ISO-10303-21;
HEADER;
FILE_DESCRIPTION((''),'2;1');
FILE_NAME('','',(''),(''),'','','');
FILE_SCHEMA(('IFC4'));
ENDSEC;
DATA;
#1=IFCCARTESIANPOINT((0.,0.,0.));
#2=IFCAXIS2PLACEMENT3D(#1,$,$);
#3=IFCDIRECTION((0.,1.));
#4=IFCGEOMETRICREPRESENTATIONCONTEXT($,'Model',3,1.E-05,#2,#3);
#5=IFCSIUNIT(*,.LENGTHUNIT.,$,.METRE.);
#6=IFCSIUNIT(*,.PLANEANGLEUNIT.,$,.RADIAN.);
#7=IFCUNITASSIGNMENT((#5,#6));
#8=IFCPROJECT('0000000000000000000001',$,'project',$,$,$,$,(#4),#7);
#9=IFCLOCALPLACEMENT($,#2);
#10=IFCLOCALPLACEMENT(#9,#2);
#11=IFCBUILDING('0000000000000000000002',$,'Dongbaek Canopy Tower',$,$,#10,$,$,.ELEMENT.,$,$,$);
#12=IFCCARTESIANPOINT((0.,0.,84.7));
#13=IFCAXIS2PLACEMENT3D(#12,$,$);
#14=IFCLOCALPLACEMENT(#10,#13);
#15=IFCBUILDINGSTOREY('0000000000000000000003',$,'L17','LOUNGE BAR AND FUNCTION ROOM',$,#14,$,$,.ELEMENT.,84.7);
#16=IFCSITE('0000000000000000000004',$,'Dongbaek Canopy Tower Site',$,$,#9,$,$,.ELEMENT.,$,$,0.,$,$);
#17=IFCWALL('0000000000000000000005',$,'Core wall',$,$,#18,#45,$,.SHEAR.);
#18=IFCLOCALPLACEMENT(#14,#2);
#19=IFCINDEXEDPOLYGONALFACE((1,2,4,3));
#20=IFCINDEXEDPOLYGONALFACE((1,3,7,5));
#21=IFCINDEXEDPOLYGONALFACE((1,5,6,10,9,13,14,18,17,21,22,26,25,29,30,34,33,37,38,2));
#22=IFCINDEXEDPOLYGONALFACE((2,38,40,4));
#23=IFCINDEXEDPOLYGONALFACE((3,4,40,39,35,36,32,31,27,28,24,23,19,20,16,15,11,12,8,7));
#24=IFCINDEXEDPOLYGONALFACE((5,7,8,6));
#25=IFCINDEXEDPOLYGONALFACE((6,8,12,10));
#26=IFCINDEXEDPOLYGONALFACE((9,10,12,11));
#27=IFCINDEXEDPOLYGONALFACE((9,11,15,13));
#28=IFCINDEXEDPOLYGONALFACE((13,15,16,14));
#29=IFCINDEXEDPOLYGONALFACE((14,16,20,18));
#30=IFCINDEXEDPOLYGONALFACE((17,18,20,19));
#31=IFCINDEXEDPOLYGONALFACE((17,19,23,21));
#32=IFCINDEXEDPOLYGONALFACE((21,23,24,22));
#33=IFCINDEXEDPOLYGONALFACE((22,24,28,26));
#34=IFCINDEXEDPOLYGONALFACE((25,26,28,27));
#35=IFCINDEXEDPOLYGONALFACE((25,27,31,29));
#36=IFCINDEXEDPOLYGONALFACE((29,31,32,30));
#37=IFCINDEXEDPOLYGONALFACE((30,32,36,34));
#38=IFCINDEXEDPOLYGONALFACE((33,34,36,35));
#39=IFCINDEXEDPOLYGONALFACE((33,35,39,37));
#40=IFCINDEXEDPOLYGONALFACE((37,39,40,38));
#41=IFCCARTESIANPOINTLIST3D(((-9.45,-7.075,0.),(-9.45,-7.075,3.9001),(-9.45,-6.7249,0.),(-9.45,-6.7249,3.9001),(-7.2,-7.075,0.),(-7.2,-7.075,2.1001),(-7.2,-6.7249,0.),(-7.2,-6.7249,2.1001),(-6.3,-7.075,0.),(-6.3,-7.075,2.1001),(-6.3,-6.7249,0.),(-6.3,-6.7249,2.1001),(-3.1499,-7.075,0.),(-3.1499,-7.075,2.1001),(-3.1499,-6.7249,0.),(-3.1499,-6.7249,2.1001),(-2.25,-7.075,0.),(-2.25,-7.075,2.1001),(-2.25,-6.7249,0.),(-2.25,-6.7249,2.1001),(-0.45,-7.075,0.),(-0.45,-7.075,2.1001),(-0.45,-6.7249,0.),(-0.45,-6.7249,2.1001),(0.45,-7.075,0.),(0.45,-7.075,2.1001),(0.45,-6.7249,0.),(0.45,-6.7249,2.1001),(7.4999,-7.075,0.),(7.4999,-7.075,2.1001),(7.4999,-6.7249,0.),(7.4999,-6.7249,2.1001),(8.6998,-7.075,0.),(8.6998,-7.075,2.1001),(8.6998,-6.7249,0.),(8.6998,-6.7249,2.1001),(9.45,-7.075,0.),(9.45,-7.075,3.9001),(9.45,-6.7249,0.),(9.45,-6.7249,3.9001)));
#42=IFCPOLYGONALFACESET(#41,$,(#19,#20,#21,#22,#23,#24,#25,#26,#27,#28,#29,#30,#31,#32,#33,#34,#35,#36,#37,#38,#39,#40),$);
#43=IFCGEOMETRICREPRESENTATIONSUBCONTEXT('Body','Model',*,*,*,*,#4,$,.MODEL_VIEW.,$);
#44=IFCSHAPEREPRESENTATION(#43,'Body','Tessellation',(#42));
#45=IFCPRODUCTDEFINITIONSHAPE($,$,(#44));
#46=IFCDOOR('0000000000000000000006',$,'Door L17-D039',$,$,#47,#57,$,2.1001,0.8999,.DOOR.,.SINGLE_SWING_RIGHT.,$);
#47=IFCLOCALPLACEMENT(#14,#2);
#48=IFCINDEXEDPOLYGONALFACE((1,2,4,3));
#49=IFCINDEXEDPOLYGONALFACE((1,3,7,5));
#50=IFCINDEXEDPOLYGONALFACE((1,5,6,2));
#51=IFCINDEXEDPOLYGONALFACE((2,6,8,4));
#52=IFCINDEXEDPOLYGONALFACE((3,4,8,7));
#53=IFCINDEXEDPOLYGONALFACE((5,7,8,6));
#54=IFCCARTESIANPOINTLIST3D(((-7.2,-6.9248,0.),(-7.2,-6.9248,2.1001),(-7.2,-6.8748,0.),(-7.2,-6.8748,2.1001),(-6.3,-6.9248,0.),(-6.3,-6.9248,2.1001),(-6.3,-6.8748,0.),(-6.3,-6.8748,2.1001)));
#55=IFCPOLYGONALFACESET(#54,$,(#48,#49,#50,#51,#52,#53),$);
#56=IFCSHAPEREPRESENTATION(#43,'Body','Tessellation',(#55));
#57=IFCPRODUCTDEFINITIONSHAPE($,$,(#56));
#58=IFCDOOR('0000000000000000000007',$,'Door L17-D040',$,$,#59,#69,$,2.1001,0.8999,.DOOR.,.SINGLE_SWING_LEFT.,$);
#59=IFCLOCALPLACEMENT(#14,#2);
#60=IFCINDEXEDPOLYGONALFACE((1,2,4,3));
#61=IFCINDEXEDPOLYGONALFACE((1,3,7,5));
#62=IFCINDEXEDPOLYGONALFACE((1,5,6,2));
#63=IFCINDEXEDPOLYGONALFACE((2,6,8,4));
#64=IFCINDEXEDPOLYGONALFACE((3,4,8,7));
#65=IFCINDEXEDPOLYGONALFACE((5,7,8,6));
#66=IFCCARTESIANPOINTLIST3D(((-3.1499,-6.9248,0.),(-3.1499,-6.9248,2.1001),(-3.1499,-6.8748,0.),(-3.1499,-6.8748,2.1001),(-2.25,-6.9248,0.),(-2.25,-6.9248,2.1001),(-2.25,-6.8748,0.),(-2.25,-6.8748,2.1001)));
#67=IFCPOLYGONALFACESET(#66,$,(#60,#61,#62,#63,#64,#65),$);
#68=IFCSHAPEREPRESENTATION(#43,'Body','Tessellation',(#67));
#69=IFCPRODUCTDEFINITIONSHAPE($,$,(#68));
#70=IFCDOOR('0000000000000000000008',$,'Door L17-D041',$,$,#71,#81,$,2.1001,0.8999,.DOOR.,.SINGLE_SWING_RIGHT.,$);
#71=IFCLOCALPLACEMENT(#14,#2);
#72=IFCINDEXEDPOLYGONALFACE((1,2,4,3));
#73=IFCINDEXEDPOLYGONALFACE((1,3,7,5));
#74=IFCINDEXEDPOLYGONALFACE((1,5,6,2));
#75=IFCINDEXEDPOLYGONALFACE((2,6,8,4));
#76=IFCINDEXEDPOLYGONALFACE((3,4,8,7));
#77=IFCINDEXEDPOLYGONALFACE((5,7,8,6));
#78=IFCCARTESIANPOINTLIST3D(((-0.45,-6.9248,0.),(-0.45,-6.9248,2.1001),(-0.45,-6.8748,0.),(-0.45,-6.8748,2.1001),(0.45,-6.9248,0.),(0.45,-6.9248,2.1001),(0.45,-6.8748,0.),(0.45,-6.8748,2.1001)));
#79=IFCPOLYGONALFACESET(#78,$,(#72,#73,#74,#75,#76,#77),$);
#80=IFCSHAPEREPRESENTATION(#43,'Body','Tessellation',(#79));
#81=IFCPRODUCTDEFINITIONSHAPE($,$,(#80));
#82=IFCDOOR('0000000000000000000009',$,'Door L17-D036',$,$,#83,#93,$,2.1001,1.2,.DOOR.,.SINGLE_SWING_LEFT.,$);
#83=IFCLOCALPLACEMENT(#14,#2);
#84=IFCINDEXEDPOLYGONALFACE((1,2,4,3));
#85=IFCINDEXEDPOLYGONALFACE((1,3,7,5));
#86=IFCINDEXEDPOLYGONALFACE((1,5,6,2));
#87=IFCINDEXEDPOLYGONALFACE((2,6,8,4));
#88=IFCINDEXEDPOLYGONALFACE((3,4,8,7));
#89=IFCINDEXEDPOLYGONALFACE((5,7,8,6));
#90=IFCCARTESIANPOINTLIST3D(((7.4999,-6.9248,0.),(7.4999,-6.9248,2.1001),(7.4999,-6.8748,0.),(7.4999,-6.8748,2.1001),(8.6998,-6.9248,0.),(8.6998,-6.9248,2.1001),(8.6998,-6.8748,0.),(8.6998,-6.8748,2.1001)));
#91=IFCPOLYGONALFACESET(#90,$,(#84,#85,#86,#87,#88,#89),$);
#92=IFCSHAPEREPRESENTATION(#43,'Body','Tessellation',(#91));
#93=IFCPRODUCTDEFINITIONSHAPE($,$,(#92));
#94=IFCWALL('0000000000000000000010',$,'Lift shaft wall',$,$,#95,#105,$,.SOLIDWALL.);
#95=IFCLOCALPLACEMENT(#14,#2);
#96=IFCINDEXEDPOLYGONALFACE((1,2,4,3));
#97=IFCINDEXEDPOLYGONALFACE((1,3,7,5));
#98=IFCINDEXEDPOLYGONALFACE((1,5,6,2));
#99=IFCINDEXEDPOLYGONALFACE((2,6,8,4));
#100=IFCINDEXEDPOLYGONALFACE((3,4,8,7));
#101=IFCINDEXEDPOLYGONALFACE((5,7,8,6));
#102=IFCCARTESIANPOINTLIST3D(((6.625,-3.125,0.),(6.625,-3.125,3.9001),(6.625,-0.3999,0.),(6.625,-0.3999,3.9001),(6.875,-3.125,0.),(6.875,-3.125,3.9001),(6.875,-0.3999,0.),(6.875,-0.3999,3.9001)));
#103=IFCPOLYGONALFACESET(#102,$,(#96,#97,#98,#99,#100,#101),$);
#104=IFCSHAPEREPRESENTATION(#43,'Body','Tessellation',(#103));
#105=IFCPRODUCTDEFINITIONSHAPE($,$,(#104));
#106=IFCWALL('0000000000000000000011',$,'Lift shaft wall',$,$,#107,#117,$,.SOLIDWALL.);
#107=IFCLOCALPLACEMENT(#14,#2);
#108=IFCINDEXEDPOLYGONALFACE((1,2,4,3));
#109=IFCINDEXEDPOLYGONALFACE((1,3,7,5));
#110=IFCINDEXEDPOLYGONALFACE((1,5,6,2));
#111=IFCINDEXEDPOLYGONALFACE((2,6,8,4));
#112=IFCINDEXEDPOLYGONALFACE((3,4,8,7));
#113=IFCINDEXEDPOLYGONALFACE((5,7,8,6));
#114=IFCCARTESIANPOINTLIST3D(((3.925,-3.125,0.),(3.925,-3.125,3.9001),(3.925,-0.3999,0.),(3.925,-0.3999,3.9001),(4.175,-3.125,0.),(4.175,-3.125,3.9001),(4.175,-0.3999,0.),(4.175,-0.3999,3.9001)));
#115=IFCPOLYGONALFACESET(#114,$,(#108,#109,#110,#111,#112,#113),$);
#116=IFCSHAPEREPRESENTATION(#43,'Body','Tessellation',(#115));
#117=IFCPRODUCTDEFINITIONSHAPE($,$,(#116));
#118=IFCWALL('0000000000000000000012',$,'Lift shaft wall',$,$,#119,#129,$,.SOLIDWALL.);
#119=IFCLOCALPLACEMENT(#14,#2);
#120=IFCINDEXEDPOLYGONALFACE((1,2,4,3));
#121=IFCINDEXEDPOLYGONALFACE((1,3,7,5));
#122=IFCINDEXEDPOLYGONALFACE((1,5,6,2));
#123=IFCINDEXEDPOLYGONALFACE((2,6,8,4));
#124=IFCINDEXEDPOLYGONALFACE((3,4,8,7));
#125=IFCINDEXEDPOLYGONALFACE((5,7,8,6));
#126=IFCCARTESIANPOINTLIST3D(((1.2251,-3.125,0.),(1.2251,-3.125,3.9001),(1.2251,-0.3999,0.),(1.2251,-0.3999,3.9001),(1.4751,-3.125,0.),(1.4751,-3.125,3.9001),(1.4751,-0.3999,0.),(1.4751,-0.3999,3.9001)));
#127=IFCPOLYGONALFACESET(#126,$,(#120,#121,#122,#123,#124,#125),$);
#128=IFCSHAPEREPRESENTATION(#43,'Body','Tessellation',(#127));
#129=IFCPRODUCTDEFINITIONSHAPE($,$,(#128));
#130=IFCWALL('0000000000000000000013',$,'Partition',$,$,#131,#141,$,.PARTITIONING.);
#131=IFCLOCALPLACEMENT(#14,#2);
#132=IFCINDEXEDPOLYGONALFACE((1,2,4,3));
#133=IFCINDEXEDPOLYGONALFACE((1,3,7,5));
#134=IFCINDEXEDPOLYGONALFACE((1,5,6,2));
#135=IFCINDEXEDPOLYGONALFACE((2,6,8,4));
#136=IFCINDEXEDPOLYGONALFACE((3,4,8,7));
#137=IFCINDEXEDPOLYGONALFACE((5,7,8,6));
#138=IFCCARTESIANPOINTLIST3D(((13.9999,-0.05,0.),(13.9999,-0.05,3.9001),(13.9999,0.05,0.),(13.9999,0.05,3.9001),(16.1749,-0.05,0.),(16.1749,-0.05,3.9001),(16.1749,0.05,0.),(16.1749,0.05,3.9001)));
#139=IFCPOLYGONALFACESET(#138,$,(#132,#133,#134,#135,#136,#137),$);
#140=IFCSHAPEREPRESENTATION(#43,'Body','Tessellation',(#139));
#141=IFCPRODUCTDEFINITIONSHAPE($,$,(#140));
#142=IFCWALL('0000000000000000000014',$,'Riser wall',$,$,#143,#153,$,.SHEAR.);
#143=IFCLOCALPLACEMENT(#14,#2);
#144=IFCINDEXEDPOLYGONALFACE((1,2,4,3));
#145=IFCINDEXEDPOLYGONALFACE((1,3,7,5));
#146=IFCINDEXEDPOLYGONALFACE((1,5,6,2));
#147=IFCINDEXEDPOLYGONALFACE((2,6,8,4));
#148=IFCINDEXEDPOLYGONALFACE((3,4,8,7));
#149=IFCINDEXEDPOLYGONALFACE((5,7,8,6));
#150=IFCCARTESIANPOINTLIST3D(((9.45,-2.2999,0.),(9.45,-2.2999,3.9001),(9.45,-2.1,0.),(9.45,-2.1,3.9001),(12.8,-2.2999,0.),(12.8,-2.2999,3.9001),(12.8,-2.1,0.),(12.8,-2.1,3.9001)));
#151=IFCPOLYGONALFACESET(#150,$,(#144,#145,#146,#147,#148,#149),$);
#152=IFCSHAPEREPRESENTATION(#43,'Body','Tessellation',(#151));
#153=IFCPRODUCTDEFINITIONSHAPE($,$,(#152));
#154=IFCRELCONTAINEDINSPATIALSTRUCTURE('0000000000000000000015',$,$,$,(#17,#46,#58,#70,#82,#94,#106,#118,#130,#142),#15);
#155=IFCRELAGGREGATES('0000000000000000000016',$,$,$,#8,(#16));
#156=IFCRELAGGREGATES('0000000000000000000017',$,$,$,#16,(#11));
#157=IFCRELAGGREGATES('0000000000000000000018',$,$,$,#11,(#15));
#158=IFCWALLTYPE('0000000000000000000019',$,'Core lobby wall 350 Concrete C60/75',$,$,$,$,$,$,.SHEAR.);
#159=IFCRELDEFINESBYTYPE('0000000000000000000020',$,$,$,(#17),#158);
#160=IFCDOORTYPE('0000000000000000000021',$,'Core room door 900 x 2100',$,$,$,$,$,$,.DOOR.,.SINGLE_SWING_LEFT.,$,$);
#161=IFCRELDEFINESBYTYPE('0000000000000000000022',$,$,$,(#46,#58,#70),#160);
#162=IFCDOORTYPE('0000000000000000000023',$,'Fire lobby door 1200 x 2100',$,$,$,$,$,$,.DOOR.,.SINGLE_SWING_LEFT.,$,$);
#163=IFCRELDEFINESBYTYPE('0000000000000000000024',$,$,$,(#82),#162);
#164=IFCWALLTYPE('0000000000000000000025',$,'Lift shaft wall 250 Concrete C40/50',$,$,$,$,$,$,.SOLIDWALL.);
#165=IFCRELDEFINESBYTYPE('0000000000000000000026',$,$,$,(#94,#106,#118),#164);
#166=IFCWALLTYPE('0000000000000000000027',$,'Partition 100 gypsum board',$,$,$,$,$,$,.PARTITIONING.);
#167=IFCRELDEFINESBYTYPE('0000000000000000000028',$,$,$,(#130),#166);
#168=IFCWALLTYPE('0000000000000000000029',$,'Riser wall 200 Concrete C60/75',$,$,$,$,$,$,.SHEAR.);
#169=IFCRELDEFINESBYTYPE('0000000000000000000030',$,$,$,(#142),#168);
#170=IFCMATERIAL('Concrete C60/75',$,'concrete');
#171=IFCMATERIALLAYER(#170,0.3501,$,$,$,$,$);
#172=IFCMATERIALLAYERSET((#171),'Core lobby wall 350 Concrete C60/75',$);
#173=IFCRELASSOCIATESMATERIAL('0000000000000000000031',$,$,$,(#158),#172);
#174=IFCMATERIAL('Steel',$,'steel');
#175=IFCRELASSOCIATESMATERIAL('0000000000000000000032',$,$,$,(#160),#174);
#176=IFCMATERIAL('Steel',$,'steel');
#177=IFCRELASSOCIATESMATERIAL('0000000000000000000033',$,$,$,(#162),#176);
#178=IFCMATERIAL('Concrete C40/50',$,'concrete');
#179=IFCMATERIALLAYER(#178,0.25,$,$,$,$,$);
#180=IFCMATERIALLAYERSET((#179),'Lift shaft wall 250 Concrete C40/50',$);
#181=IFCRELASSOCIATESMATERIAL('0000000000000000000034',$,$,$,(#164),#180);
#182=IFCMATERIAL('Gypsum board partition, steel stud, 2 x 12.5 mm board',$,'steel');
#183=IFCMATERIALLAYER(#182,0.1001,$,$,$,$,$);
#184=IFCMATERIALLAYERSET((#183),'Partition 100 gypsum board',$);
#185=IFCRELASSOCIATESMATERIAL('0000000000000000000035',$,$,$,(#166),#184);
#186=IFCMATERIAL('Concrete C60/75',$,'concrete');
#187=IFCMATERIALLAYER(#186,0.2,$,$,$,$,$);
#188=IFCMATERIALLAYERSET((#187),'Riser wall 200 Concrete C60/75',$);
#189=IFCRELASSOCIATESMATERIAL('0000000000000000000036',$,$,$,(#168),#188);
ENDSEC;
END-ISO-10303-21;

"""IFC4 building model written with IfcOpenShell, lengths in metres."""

from ifc_helpers import new_model, si_unit, direction, frame, frame_2d, origin, place, context, subcontext, project, spatial, rectangle, extrude, material, layer, layer_set, type_object, element, fill, save


model = new_model("IFC4")

# Units and contexts
model_context = context("Model", 3, precision=1e-05, world=origin(), true_north=direction((0.0, 1.0)))
body_context = subcontext(model_context, "Body", "Model", "MODEL_VIEW")
ifc_project = project(units=[si_unit("LENGTHUNIT", "METRE"), si_unit("PLANEANGLEUNIT", "RADIAN")], contexts=[model_context])

# Site, building, storey
site_placement = place(None, origin())
site = spatial("IfcSite", under=ifc_project, at=site_placement, Name="Dongbaek Canopy Tower Site", CompositionType="ELEMENT", RefElevation=0.0)
building_placement = place(site_placement, origin())
building = spatial("IfcBuilding", under=site, at=building_placement, Name="Dongbaek Canopy Tower", CompositionType="ELEMENT")
storey_placement = place(building_placement, frame((0.0, 0.0, 84.7)))
storey = spatial("IfcBuildingStorey", under=building, at=storey_placement, Name="L17", Description="LOUNGE BAR AND FUNCTION ROOM", CompositionType="ELEMENT", Elevation=84.7)

# Wall, openings, doors
ifc_material_1 = material(Name="Concrete C60/75", Category="concrete")
ifc_layer_1 = layer(ifc_material_1, 0.3501)
ifc_layer_set_1 = layer_set([ifc_layer_1], Name="Core lobby wall 350 Concrete C60/75")
wall_type_1 = type_object("IfcWallType", Name="Core lobby wall 350 Concrete C60/75", PredefinedType="SHEAR", material=ifc_layer_set_1)
wall_1_placement = place(storey_placement, frame((9.45, -6.8999, 0.0), z_axis=(0.0, 0.0, 1.0), x_axis=(-1.0, 0.0, 0.0)))
wall_1 = element("IfcWall", 1, at=wall_1_placement, inside=storey, type_object=wall_type_1, Name="Core wall", PredefinedType="SHEAR", context=body_context, shape_type="SweptSolid", body=[
    extrude(rectangle(XDim=18.8999, YDim=0.3501, at=frame_2d((9.45, 0.0))), origin(), (0.0, 0.0, 1.0), 3.9001),
])
opening_1_placement = place(wall_1_placement, frame((0.75, 0.0, 0.0)))
opening_1 = element("IfcOpeningElement", 2, at=opening_1_placement, cuts=wall_1, PredefinedType="OPENING", context=body_context, shape_type="SweptSolid", body=[
    extrude(rectangle(XDim=1.2, YDim=2.1001, at=frame_2d((0.6001, 1.05))), frame((0.0, 0.1851, 0.0), z_axis=(0.0, -1.0, 0.0), x_axis=(1.0, 0.0, 0.0)), (0.0, 0.0, 1.0), 0.3701),
])
opening_2_placement = place(wall_1_placement, frame((15.75, 0.0, 0.0)))
opening_2 = element("IfcOpeningElement", 3, at=opening_2_placement, cuts=wall_1, PredefinedType="OPENING", context=body_context, shape_type="SweptSolid", body=[
    extrude(rectangle(XDim=0.8999, YDim=2.1001, at=frame_2d((0.45, 1.05))), frame((0.0, 0.1851, 0.0), z_axis=(0.0, -1.0, 0.0), x_axis=(1.0, 0.0, 0.0)), (0.0, 0.0, 1.0), 0.3701),
])
opening_3_placement = place(wall_1_placement, frame((11.7, 0.0, 0.0)))
opening_3 = element("IfcOpeningElement", 4, at=opening_3_placement, cuts=wall_1, PredefinedType="OPENING", context=body_context, shape_type="SweptSolid", body=[
    extrude(rectangle(XDim=0.8999, YDim=2.1001, at=frame_2d((0.45, 1.05))), frame((0.0, 0.1851, 0.0), z_axis=(0.0, -1.0, 0.0), x_axis=(1.0, 0.0, 0.0)), (0.0, 0.0, 1.0), 0.3701),
])
opening_4_placement = place(wall_1_placement, frame((9.0, 0.0, 0.0)))
opening_4 = element("IfcOpeningElement", 5, at=opening_4_placement, cuts=wall_1, PredefinedType="OPENING", context=body_context, shape_type="SweptSolid", body=[
    extrude(rectangle(XDim=0.8999, YDim=2.1001, at=frame_2d((0.45, 1.05))), frame((0.0, 0.1851, 0.0), z_axis=(0.0, -1.0, 0.0), x_axis=(1.0, 0.0, 0.0)), (0.0, 0.0, 1.0), 0.3701),
])
ifc_material_2 = material(Name="Steel", Category="steel")
door_type_1 = type_object("IfcDoorType", Name="Core room door 900 x 2100", OperationType="SINGLE_SWING_LEFT", PredefinedType="DOOR", material=ifc_material_2)
door_1_placement = place(opening_2_placement, origin())
door_1 = element("IfcDoor", 6, at=door_1_placement, inside=storey, type_object=door_type_1, Name="Door L17-D039", OperationType="SINGLE_SWING_RIGHT", OverallHeight=2.1001, OverallWidth=0.8999, PredefinedType="DOOR", context=body_context, shape_type="SweptSolid", body=[
    extrude(rectangle(XDim=0.8999, YDim=2.1001, at=frame_2d((0.45, 1.05))), frame((0.0, 0.0249, 0.0), z_axis=(0.0, -1.0, 0.0), x_axis=(1.0, 0.0, 0.0)), (0.0, 0.0, 1.0), 0.05),
])
fill(opening_2, door_1)
door_2_placement = place(opening_3_placement, origin())
door_2 = element("IfcDoor", 7, at=door_2_placement, inside=storey, type_object=door_type_1, Name="Door L17-D040", OperationType="SINGLE_SWING_LEFT", OverallHeight=2.1001, OverallWidth=0.8999, PredefinedType="DOOR", context=body_context, shape_type="SweptSolid", body=[
    extrude(rectangle(XDim=0.8999, YDim=2.1001, at=frame_2d((0.45, 1.05))), frame((0.0, 0.0249, 0.0), z_axis=(0.0, -1.0, 0.0), x_axis=(1.0, 0.0, 0.0)), (0.0, 0.0, 1.0), 0.05),
])
fill(opening_3, door_2)
door_3_placement = place(opening_4_placement, origin())
door_3 = element("IfcDoor", 8, at=door_3_placement, inside=storey, type_object=door_type_1, Name="Door L17-D041", OperationType="SINGLE_SWING_RIGHT", OverallHeight=2.1001, OverallWidth=0.8999, PredefinedType="DOOR", context=body_context, shape_type="SweptSolid", body=[
    extrude(rectangle(XDim=0.8999, YDim=2.1001, at=frame_2d((0.45, 1.05))), frame((0.0, 0.0249, 0.0), z_axis=(0.0, -1.0, 0.0), x_axis=(1.0, 0.0, 0.0)), (0.0, 0.0, 1.0), 0.05),
])
fill(opening_4, door_3)
ifc_material_3 = material(Name="Steel", Category="steel")
door_type_2 = type_object("IfcDoorType", Name="Fire lobby door 1200 x 2100", OperationType="SINGLE_SWING_LEFT", PredefinedType="DOOR", material=ifc_material_3)
door_4_placement = place(opening_1_placement, origin())
door_4 = element("IfcDoor", 9, at=door_4_placement, inside=storey, type_object=door_type_2, Name="Door L17-D036", OperationType="SINGLE_SWING_LEFT", OverallHeight=2.1001, OverallWidth=1.2, PredefinedType="DOOR", context=body_context, shape_type="SweptSolid", body=[
    extrude(rectangle(XDim=1.2, YDim=2.1001, at=frame_2d((0.6001, 1.05))), frame((0.0, 0.0249, 0.0), z_axis=(0.0, -1.0, 0.0), x_axis=(1.0, 0.0, 0.0)), (0.0, 0.0, 1.0), 0.05),
])
fill(opening_1, door_4)

# Walls
ifc_material_4 = material(Name="Concrete C40/50", Category="concrete")
ifc_layer_2 = layer(ifc_material_4, 0.25)
ifc_layer_set_2 = layer_set([ifc_layer_2], Name="Lift shaft wall 250 Concrete C40/50")
wall_type_2 = type_object("IfcWallType", Name="Lift shaft wall 250 Concrete C40/50", PredefinedType="SOLIDWALL", material=ifc_layer_set_2)
for number, where, z_axis, x_axis, name in (
    (10, (6.75, -3.125, 0.0), (0.0, 0.0, 1.0), (0.0, 1.0, 0.0), "Lift shaft wall"),
    (11, (4.05, -3.125, 0.0), (0.0, 0.0, 1.0), (0.0, 1.0, 0.0), "Lift shaft wall"),
    (12, (1.3501, -3.125, 0.0), (0.0, 0.0, 1.0), (0.0, 1.0, 0.0), "Lift shaft wall"),
):
    element("IfcWall", number, at=place(storey_placement, frame(where, z_axis=z_axis, x_axis=x_axis)), inside=storey, type_object=wall_type_2, Name=name, PredefinedType="SOLIDWALL", context=body_context, shape_type="SweptSolid", body=[
        extrude(rectangle(XDim=2.7251, YDim=0.25, at=frame_2d((1.3625, 0.0))), origin(), (0.0, 0.0, 1.0), 3.9001),
    ])
ifc_material_5 = material(Name="Gypsum board partition, steel stud, 2 x 12.5 mm board", Category="steel")
ifc_layer_3 = layer(ifc_material_5, 0.1001)
ifc_layer_set_3 = layer_set([ifc_layer_3], Name="Partition 100 gypsum board")
wall_type_3 = type_object("IfcWallType", Name="Partition 100 gypsum board", PredefinedType="PARTITIONING", material=ifc_layer_set_3)
wall_2_placement = place(storey_placement, frame((14.0, 0.0, 0.0), z_axis=(0.0, 0.0, 1.0), x_axis=(1.0, 0.0, 0.0)))
element("IfcWall", 13, at=wall_2_placement, inside=storey, type_object=wall_type_3, Name="Partition", PredefinedType="PARTITIONING", context=body_context, shape_type="SweptSolid", body=[
    extrude(rectangle(XDim=2.175, YDim=0.1001, at=frame_2d((1.0874, 0.0))), origin(), (0.0, 0.0, 1.0), 3.9001),
])
ifc_material_6 = material(Name="Concrete C60/75", Category="concrete")
ifc_layer_4 = layer(ifc_material_6, 0.2)
ifc_layer_set_4 = layer_set([ifc_layer_4], Name="Riser wall 200 Concrete C60/75")
wall_type_4 = type_object("IfcWallType", Name="Riser wall 200 Concrete C60/75", PredefinedType="SHEAR", material=ifc_layer_set_4)
wall_3_placement = place(storey_placement, frame((9.45, -2.2, 0.0), z_axis=(0.0, 0.0, 1.0), x_axis=(1.0, 0.0, 0.0)))
element("IfcWall", 14, at=wall_3_placement, inside=storey, type_object=wall_type_4, Name="Riser wall", PredefinedType="SHEAR", context=body_context, shape_type="SweptSolid", body=[
    extrude(rectangle(XDim=3.3501, YDim=0.2, at=frame_2d((1.675, 0.0))), origin(), (0.0, 0.0, 1.0), 3.9001),
])

save(model, "model.ifc")
